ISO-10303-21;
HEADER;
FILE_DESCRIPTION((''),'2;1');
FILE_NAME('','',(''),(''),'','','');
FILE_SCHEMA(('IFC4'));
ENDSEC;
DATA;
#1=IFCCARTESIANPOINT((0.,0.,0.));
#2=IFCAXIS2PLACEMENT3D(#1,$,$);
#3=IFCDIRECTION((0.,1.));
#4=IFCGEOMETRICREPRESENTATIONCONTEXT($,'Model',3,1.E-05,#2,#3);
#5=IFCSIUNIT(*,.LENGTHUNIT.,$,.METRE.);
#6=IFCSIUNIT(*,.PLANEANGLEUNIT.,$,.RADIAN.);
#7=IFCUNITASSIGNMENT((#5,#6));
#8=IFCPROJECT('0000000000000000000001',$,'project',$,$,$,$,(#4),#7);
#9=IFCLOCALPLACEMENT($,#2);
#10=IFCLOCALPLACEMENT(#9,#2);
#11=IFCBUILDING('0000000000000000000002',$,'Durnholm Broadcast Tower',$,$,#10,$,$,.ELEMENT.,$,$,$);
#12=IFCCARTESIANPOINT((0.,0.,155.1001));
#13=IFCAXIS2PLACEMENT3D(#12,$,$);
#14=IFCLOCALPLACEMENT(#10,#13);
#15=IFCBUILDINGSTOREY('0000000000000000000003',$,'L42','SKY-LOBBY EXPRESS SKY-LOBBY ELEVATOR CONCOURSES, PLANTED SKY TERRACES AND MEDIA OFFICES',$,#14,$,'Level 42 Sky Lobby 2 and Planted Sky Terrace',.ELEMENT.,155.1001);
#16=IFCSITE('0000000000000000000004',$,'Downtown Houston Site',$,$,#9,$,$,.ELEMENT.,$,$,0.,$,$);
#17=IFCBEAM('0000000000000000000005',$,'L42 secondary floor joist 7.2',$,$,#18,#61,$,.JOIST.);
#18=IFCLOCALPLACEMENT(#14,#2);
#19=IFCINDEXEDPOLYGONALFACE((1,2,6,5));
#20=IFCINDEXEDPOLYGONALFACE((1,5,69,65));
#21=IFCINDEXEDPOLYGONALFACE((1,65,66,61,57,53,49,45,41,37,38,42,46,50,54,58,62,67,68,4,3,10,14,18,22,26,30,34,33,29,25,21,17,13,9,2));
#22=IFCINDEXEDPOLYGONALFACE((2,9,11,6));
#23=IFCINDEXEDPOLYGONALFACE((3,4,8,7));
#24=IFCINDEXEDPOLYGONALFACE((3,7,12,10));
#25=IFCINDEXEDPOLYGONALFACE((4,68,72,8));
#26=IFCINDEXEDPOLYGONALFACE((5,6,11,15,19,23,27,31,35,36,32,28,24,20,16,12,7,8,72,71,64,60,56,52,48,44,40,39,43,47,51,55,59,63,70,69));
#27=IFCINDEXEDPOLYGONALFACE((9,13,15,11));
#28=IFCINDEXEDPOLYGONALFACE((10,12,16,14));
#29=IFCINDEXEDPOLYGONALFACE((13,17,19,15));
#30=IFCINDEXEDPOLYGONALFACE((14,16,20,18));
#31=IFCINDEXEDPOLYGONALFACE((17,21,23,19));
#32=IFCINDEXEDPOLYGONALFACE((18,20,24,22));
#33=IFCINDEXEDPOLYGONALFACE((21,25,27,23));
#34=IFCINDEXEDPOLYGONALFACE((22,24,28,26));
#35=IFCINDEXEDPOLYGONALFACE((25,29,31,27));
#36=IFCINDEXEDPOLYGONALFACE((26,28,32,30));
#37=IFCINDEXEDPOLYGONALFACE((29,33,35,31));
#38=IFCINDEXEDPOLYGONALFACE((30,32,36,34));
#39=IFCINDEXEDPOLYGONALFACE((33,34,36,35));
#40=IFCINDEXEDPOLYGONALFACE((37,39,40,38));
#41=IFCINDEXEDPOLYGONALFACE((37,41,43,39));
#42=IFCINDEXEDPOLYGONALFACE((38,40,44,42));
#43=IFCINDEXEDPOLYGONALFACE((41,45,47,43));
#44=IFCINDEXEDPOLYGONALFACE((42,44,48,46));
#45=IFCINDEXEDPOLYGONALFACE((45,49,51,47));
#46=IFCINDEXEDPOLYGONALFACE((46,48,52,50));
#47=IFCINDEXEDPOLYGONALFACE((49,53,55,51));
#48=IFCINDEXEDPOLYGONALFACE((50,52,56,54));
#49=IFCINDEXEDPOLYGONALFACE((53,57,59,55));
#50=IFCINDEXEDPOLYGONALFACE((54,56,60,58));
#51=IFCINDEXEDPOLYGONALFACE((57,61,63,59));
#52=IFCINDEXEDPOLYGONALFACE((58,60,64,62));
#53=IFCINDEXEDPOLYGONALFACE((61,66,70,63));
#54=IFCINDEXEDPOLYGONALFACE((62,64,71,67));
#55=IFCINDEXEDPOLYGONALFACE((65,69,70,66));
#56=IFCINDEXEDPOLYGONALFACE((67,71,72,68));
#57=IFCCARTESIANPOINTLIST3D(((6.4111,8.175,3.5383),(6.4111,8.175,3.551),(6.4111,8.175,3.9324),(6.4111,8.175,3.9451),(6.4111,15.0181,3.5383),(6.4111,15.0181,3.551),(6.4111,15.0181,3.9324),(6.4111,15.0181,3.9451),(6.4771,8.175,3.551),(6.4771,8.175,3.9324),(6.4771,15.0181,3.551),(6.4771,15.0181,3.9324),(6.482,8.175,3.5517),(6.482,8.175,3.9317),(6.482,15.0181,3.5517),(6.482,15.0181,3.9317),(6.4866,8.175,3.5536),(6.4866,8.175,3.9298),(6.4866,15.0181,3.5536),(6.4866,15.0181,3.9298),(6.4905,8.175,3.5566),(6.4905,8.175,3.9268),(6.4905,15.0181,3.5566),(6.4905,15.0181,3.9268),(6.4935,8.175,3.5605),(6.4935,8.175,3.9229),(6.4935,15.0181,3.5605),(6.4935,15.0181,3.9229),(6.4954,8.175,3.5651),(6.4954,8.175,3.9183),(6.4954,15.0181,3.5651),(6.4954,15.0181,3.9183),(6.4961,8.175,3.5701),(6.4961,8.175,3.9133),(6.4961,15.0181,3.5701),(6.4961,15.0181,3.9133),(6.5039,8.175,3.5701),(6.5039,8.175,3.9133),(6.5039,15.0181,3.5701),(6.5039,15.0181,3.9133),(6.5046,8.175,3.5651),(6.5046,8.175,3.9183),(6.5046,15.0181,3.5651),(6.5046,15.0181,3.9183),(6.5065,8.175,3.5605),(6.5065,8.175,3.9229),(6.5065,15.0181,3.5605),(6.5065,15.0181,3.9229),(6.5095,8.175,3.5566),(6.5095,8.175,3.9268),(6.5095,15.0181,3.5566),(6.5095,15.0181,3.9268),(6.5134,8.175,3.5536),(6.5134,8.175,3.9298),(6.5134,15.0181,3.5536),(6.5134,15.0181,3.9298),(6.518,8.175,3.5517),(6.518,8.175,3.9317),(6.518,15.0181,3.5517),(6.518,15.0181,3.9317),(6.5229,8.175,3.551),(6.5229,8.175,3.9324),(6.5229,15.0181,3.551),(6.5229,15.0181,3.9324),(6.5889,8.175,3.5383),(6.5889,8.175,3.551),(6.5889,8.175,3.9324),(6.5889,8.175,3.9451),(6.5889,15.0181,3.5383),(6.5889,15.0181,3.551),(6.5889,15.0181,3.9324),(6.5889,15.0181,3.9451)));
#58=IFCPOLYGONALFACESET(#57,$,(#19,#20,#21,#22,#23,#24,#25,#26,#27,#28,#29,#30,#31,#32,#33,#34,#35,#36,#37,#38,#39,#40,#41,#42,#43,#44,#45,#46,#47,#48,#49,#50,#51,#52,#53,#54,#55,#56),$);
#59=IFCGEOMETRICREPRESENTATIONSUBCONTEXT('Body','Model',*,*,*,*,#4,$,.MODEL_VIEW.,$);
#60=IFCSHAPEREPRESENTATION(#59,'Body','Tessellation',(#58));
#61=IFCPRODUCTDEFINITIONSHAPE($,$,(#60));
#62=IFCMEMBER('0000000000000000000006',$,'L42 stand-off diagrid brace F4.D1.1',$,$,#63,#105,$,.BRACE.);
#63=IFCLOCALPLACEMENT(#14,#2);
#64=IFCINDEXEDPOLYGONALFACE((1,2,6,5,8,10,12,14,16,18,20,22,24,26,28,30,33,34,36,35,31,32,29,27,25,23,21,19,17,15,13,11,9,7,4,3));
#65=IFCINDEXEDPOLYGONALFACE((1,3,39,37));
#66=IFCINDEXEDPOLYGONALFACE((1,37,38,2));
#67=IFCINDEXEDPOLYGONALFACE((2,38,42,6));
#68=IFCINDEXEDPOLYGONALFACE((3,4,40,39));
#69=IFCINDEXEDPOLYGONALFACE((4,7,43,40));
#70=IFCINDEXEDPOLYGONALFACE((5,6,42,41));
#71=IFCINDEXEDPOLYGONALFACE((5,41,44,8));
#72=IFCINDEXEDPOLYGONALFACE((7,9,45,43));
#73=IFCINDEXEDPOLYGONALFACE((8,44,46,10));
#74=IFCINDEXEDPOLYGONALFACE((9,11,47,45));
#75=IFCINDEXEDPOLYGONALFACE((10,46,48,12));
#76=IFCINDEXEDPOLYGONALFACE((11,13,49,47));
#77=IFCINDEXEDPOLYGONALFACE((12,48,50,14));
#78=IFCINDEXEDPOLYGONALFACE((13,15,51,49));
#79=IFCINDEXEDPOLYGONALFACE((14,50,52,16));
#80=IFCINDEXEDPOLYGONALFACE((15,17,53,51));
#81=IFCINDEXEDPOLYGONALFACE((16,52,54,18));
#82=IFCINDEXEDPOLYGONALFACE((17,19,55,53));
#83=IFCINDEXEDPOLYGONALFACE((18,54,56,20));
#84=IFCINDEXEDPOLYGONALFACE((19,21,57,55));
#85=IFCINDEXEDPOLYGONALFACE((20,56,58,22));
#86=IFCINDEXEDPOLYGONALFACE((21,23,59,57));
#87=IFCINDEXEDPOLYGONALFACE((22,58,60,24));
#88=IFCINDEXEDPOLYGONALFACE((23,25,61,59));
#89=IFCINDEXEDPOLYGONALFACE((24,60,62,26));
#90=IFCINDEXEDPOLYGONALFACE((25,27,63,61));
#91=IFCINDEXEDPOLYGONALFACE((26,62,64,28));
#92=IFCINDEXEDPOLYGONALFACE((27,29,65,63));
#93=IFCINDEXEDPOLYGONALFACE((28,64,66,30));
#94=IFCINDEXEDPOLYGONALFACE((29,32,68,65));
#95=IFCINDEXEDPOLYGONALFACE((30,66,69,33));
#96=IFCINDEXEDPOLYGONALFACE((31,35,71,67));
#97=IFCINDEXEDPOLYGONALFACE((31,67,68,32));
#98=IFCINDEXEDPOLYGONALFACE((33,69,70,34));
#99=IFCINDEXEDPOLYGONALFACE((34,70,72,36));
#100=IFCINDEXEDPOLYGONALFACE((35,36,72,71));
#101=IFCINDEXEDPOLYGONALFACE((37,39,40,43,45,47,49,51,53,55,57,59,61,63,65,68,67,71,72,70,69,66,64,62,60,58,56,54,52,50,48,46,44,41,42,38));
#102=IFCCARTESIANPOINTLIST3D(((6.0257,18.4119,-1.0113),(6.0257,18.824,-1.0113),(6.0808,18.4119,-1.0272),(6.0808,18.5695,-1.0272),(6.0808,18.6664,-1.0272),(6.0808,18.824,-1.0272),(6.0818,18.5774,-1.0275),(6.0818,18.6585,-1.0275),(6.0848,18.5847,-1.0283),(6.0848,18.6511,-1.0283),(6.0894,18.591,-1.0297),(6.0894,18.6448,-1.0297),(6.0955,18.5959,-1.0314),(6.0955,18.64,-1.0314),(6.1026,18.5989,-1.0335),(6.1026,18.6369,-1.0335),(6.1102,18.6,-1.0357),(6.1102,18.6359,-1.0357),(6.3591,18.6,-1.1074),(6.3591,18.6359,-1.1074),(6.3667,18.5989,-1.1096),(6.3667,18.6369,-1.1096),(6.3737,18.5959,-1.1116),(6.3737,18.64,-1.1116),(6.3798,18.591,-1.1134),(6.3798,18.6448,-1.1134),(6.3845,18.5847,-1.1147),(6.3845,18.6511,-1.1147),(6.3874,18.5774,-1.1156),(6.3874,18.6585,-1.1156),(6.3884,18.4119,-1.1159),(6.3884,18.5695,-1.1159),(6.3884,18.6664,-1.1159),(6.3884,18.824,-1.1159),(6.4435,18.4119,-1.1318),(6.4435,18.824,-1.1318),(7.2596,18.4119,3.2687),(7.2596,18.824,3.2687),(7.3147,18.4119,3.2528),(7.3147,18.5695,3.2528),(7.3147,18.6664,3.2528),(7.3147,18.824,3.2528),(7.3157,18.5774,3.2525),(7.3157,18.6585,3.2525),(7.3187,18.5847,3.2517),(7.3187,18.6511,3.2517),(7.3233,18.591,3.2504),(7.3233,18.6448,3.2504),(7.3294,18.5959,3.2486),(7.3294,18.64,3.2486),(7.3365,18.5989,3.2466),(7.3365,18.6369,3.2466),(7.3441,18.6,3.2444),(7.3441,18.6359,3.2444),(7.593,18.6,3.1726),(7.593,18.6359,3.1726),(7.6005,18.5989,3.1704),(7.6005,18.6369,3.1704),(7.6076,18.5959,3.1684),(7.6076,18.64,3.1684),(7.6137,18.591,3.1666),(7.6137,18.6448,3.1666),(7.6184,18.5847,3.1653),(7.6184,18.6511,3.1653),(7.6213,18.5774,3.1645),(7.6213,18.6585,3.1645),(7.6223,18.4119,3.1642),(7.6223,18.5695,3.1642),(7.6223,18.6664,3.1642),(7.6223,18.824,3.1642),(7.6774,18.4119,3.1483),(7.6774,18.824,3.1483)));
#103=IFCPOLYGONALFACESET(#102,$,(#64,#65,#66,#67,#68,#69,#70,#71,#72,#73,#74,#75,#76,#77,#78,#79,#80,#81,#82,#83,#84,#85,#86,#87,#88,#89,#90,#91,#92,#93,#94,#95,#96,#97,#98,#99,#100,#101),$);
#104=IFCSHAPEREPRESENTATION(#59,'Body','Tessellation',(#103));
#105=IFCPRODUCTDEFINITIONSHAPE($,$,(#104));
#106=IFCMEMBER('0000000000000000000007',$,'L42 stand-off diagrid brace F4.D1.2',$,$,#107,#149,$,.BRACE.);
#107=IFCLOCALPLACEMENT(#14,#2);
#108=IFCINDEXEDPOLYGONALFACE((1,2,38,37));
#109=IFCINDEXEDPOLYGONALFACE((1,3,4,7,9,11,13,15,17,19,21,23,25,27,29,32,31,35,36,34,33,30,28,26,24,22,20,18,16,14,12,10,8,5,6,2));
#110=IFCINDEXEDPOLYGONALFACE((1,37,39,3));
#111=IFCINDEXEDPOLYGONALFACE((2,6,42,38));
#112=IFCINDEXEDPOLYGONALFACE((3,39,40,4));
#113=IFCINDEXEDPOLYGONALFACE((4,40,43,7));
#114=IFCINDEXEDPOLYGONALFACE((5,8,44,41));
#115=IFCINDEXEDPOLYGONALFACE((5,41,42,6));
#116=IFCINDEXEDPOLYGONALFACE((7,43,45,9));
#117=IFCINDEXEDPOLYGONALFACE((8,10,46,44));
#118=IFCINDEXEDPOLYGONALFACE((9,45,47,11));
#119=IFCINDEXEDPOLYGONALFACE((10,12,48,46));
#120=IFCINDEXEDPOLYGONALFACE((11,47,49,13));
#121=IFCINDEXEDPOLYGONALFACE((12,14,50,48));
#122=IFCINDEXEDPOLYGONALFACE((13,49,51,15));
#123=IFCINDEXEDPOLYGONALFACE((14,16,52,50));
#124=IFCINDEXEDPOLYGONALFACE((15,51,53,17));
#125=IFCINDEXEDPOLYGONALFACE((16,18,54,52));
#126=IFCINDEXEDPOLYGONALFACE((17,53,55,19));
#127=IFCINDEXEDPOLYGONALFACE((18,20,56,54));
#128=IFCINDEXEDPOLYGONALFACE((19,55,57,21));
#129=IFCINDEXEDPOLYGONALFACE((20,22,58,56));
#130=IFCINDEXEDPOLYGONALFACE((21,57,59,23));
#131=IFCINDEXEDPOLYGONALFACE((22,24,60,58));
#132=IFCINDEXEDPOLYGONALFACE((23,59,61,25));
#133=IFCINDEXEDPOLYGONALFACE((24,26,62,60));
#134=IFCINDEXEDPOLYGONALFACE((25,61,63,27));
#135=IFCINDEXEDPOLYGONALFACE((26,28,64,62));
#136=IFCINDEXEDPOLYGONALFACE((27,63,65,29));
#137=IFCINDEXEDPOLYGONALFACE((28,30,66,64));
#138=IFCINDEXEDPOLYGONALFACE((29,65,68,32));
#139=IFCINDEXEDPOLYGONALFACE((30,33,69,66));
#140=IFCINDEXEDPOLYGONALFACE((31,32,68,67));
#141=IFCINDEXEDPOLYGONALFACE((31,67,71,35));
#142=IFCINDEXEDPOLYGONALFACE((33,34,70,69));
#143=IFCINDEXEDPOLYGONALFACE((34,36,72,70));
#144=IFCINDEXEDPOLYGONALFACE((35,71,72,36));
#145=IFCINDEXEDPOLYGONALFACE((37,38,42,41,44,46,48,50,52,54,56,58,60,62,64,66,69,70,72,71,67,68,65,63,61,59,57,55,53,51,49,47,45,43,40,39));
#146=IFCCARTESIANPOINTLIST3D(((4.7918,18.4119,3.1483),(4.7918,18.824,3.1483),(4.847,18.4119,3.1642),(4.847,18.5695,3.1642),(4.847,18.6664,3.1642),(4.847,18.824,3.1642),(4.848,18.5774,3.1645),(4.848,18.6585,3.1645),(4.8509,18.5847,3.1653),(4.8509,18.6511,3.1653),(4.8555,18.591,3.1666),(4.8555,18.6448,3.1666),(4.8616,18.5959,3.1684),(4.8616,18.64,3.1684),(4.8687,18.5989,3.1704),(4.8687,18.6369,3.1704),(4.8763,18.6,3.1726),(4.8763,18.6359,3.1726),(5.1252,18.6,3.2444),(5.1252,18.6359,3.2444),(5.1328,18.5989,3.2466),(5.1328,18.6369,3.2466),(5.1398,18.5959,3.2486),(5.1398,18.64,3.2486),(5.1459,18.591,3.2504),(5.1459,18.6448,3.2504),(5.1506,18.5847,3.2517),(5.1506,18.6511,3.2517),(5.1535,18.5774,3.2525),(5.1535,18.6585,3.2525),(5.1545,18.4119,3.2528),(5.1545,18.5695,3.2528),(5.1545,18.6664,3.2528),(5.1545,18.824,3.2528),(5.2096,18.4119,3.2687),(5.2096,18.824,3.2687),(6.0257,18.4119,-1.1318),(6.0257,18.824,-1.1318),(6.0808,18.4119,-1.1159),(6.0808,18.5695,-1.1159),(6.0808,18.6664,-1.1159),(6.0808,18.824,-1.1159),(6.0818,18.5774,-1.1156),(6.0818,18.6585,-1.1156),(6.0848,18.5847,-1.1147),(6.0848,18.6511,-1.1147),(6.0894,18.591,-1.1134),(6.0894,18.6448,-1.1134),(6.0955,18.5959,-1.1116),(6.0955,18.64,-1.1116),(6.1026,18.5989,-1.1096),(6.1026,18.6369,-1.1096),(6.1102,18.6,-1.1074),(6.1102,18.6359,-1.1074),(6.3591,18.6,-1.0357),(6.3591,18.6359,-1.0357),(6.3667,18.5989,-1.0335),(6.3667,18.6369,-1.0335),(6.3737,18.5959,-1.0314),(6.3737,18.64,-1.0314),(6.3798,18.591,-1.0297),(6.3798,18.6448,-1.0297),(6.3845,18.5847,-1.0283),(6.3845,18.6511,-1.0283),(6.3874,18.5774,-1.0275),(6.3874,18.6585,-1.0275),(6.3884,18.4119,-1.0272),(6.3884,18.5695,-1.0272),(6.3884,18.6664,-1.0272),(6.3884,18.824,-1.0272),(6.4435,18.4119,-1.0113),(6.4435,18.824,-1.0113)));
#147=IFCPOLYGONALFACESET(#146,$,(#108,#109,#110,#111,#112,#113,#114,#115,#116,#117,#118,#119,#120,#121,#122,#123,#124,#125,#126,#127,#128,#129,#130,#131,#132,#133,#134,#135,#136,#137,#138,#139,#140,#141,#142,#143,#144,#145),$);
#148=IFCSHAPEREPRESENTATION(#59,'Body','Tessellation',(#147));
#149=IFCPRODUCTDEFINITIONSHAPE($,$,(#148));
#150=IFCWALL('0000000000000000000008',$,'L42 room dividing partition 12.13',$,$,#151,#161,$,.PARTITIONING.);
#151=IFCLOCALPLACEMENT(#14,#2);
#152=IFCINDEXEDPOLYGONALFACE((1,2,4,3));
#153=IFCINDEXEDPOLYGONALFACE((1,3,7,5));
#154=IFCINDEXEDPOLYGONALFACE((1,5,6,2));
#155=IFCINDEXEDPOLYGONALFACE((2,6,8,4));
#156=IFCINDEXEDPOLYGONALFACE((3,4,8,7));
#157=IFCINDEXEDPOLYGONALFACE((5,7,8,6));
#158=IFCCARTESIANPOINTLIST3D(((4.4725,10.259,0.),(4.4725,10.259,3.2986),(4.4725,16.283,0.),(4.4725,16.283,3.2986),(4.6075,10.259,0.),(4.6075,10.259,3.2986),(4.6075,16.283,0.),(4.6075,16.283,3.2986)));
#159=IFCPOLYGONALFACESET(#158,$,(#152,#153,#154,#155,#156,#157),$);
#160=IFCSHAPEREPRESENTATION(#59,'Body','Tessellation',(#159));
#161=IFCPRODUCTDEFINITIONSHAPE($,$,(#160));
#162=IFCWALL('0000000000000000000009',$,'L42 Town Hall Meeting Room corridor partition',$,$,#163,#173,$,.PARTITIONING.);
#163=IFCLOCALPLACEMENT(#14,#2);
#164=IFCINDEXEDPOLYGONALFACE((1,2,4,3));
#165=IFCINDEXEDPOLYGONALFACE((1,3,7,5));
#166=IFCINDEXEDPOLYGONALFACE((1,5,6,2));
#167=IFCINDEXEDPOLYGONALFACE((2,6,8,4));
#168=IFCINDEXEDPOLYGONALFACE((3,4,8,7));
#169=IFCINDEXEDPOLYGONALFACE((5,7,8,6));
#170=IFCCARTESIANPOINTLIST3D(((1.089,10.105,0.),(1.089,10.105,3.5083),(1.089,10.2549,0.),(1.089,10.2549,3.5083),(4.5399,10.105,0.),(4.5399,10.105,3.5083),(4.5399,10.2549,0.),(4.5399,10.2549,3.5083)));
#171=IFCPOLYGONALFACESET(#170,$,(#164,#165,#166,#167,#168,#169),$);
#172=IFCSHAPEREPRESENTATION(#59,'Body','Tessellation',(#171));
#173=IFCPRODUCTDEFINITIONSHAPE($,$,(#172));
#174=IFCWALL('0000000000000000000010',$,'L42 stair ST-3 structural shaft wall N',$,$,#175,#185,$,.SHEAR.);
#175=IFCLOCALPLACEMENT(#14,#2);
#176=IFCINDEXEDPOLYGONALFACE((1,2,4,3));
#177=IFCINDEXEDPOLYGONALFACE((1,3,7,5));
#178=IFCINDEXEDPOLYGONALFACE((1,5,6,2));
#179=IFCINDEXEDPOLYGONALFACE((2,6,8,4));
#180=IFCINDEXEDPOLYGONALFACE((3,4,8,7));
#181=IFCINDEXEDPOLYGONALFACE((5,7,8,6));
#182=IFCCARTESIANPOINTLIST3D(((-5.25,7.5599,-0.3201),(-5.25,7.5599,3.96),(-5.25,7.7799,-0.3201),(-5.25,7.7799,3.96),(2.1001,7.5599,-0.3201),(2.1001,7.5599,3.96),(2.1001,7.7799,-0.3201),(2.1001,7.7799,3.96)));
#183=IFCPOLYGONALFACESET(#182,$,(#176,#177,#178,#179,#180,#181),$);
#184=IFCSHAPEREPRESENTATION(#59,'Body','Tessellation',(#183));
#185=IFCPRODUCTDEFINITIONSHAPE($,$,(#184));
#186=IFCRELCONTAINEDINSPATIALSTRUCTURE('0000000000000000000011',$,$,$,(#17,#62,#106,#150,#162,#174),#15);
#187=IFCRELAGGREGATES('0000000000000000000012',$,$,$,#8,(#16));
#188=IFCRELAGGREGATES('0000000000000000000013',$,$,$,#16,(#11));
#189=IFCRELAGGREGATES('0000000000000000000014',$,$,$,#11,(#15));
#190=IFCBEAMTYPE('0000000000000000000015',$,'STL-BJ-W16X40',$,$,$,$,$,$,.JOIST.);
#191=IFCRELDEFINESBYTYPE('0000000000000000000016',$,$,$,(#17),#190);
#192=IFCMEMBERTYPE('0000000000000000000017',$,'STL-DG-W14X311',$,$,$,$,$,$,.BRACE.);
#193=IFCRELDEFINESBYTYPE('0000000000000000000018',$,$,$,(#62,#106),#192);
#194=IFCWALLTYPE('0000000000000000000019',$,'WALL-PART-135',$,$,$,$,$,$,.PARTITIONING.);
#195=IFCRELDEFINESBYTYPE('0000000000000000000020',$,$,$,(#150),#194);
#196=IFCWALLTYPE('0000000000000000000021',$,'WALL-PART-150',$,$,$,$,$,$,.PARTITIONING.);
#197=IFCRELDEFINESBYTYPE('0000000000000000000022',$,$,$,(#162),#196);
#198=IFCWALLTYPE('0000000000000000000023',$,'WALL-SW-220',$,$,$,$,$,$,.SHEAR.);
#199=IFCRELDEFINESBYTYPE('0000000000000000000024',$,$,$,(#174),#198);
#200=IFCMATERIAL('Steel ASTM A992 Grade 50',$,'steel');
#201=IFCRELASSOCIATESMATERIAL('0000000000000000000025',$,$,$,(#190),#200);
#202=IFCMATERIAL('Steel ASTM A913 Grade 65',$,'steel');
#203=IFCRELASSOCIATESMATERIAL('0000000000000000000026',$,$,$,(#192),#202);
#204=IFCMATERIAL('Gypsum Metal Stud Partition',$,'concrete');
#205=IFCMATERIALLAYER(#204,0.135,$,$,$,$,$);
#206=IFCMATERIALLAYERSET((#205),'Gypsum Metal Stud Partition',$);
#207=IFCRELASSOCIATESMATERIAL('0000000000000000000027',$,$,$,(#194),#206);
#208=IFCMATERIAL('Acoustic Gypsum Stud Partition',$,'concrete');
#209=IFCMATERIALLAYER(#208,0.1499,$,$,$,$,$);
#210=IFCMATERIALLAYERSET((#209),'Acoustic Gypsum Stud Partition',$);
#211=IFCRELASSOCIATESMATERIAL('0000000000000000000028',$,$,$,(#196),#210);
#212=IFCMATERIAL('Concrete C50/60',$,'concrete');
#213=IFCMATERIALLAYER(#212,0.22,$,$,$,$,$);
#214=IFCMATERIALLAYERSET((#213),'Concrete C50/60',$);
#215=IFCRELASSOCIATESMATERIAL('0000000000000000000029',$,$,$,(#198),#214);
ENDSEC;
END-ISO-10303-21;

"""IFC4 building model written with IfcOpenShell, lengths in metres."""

from ifc_helpers import new_model, si_unit, direction, frame, frame_2d, origin, origin_2d, place, context, subcontext, project, spatial, rectangle, i_section, extrude, source, transform, mapped, material, layer, layer_set, material_profile, profile_set, type_object, type_shapes, element, save


model = new_model("IFC4")

# Units and contexts
model_context = context("Model", 3, precision=1e-05, world=origin(), true_north=direction((0.0, 1.0)))
body_context = subcontext(model_context, "Body", "Model", "MODEL_VIEW")
ifc_project = project(units=[si_unit("LENGTHUNIT", "METRE"), si_unit("PLANEANGLEUNIT", "RADIAN")], contexts=[model_context])

# Site, building, storey
site_placement = place(None, origin())
site = spatial("IfcSite", under=ifc_project, at=site_placement, Name="Downtown Houston Site", CompositionType="ELEMENT", RefElevation=0.0)
building_placement = place(site_placement, origin())
building = spatial("IfcBuilding", under=site, at=building_placement, Name="Durnholm Broadcast Tower", CompositionType="ELEMENT")
storey_placement = place(building_placement, frame((0.0, 0.0, 155.1001)))
storey = spatial("IfcBuildingStorey", under=building, at=storey_placement, Name="L42", Description="SKY-LOBBY EXPRESS SKY-LOBBY ELEVATOR CONCOURSES, PLANTED SKY TERRACES AND MEDIA OFFICES", LongName="Level 42 Sky Lobby 2 and Planted Sky Terrace", CompositionType="ELEMENT", Elevation=155.1001)

# Beam
ifc_material_1 = material(Name="Steel ASTM A992 Grade 50", Category="steel")
ifc_material_profile_1 = material_profile(ifc_material_1, i_section(OverallWidth=0.1777, OverallDepth=0.4067, WebThickness=0.0078, FlangeThickness=0.0127, FilletRadius=0.019, at=origin_2d()), Name="W16X40")
ifc_profile_set_1 = profile_set([ifc_material_profile_1], Name="Steel ASTM A992 Grade 50")
beam_type_1 = type_object("IfcBeamType", Name="STL-BJ-W16X40", PredefinedType="JOIST", material=ifc_profile_set_1)
shared_shape_1 = source(origin(), body_context, "Body", "SweptSolid", [
    extrude(i_section(OverallWidth=0.1777, OverallDepth=0.4067, WebThickness=0.0078, FlangeThickness=0.0127, FilletRadius=0.019, at=origin_2d()), origin(), (0.0, 0.0, 1.0), 6.843),
])
type_shapes(beam_type_1, [shared_shape_1])
for number, where, z_axis, x_axis, name in (
    (1, (6.5, 8.175, 3.7417), (0.0, 1.0, 0.0), (-1.0, 0.0, 0.0), "L42 secondary floor joist 7.2"),
):
    element("IfcBeam", number, at=place(storey_placement, frame(where, z_axis=z_axis, x_axis=x_axis)), inside=storey, type_object=beam_type_1, Name=name, PredefinedType="JOIST", context=body_context, shape_type="MappedRepresentation", body=[
        mapped(shared_shape_1, transform((0.0, 0.0, 0.0), x_axis=(1.0, 0.0, 0.0), y_axis=(0.0, 1.0, 0.0), z_axis=(0.0, 0.0, 1.0), scale=1.0)),
    ])

# Members
ifc_material_2 = material(Name="Steel ASTM A913 Grade 65", Category="steel")
ifc_material_profile_2 = material_profile(ifc_material_2, i_section(OverallWidth=0.4121, OverallDepth=0.4348, WebThickness=0.0359, FlangeThickness=0.0574, FilletRadius=0.0305, at=origin_2d()), Name="W14X311")
ifc_profile_set_2 = profile_set([ifc_material_profile_2], Name="Steel ASTM A913 Grade 65")
member_type = type_object("IfcMemberType", Name="STL-DG-W14X311", PredefinedType="BRACE", material=ifc_profile_set_2)
shared_shape_2 = source(origin(), body_context, "Body", "SweptSolid", [
    extrude(i_section(OverallWidth=0.4121, OverallDepth=0.4348, WebThickness=0.0359, FlangeThickness=0.0574, FilletRadius=0.0305, at=origin_2d()), origin(), (0.0, 0.0, 1.0), 4.4543),
])
type_shapes(member_type, [shared_shape_2])
for number, where, z_axis, x_axis, name in (
    (2, (6.2346, 18.6179, -1.0715), (0.277008, 0.0, 0.960868), (0.0, 1.0, 0.0), "L42 stand-off diagrid brace F4.D1.1"),
    (3, (6.2346, 18.6179, -1.0715), (-0.277008, 0.0, 0.960868), (0.0, -1.0, 0.0), "L42 stand-off diagrid brace F4.D1.2"),
):
    element("IfcMember", number, at=place(storey_placement, frame(where, z_axis=z_axis, x_axis=x_axis)), inside=storey, type_object=member_type, Name=name, PredefinedType="BRACE", context=body_context, shape_type="MappedRepresentation", body=[
        mapped(shared_shape_2, transform((0.0, 0.0, 0.0), x_axis=(1.0, 0.0, 0.0), y_axis=(0.0, 1.0, 0.0), z_axis=(0.0, 0.0, 1.0), scale=1.0)),
    ])

# Wall
ifc_material_3 = material(Name="Gypsum Metal Stud Partition", Category="concrete")
ifc_layer_1 = layer(ifc_material_3, 0.135)
ifc_layer_set_1 = layer_set([ifc_layer_1], Name="Gypsum Metal Stud Partition")
wall_type_1 = type_object("IfcWallType", Name="WALL-PART-135", PredefinedType="PARTITIONING", material=ifc_layer_set_1)
wall_1_placement = place(storey_placement, frame((4.54, 16.283, 0.0), z_axis=(0.0, 0.0, 1.0), x_axis=(0.0, -1.0, 0.0)))
element("IfcWall", 4, at=wall_1_placement, inside=storey, type_object=wall_type_1, Name="L42 room dividing partition 12.13", PredefinedType="PARTITIONING", context=body_context, shape_type="SweptSolid", body=[
    extrude(rectangle(XDim=6.0239, YDim=0.135, at=frame_2d((3.012, 0.0))), origin(), (0.0, 0.0, 1.0), 3.2986),
])

# Shared definitions
ifc_material_4 = material(Name="Acoustic Gypsum Stud Partition", Category="concrete")
ifc_layer_2 = layer(ifc_material_4, 0.1499)
ifc_layer_set_2 = layer_set([ifc_layer_2], Name="Acoustic Gypsum Stud Partition")
wall_type_2 = type_object("IfcWallType", Name="WALL-PART-150", PredefinedType="PARTITIONING", material=ifc_layer_set_2)

# Walls
wall_2_placement = place(storey_placement, frame((4.54, 10.1799, 0.0), z_axis=(0.0, 0.0, 1.0), x_axis=(-1.0, 0.0, 0.0)))
element("IfcWall", 5, at=wall_2_placement, inside=storey, type_object=wall_type_2, Name="L42 Town Hall Meeting Room corridor partition", PredefinedType="PARTITIONING", context=body_context, shape_type="SweptSolid", body=[
    extrude(rectangle(XDim=3.4509, YDim=0.1499, at=frame_2d((1.7256, 0.0))), origin(), (0.0, 0.0, 1.0), 3.5083),
])
ifc_material_5 = material(Name="Concrete C50/60", Category="concrete")
ifc_layer_3 = layer(ifc_material_5, 0.22)
ifc_layer_set_3 = layer_set([ifc_layer_3], Name="Concrete C50/60")
wall_type_3 = type_object("IfcWallType", Name="WALL-SW-220", PredefinedType="SHEAR", material=ifc_layer_set_3)
wall_3_placement = place(storey_placement, frame((2.1001, 7.6699, -0.3201), z_axis=(0.0, 0.0, 1.0), x_axis=(-1.0, 0.0, 0.0)))
element("IfcWall", 6, at=wall_3_placement, inside=storey, type_object=wall_type_3, Name="L42 stair ST-3 structural shaft wall N", PredefinedType="SHEAR", context=body_context, shape_type="SweptSolid", body=[
    extrude(rectangle(XDim=7.3501, YDim=0.22, at=frame_2d((3.675, 0.0))), origin(), (0.0, 0.0, 1.0), 4.28),
])

save(model, "model.ifc")
